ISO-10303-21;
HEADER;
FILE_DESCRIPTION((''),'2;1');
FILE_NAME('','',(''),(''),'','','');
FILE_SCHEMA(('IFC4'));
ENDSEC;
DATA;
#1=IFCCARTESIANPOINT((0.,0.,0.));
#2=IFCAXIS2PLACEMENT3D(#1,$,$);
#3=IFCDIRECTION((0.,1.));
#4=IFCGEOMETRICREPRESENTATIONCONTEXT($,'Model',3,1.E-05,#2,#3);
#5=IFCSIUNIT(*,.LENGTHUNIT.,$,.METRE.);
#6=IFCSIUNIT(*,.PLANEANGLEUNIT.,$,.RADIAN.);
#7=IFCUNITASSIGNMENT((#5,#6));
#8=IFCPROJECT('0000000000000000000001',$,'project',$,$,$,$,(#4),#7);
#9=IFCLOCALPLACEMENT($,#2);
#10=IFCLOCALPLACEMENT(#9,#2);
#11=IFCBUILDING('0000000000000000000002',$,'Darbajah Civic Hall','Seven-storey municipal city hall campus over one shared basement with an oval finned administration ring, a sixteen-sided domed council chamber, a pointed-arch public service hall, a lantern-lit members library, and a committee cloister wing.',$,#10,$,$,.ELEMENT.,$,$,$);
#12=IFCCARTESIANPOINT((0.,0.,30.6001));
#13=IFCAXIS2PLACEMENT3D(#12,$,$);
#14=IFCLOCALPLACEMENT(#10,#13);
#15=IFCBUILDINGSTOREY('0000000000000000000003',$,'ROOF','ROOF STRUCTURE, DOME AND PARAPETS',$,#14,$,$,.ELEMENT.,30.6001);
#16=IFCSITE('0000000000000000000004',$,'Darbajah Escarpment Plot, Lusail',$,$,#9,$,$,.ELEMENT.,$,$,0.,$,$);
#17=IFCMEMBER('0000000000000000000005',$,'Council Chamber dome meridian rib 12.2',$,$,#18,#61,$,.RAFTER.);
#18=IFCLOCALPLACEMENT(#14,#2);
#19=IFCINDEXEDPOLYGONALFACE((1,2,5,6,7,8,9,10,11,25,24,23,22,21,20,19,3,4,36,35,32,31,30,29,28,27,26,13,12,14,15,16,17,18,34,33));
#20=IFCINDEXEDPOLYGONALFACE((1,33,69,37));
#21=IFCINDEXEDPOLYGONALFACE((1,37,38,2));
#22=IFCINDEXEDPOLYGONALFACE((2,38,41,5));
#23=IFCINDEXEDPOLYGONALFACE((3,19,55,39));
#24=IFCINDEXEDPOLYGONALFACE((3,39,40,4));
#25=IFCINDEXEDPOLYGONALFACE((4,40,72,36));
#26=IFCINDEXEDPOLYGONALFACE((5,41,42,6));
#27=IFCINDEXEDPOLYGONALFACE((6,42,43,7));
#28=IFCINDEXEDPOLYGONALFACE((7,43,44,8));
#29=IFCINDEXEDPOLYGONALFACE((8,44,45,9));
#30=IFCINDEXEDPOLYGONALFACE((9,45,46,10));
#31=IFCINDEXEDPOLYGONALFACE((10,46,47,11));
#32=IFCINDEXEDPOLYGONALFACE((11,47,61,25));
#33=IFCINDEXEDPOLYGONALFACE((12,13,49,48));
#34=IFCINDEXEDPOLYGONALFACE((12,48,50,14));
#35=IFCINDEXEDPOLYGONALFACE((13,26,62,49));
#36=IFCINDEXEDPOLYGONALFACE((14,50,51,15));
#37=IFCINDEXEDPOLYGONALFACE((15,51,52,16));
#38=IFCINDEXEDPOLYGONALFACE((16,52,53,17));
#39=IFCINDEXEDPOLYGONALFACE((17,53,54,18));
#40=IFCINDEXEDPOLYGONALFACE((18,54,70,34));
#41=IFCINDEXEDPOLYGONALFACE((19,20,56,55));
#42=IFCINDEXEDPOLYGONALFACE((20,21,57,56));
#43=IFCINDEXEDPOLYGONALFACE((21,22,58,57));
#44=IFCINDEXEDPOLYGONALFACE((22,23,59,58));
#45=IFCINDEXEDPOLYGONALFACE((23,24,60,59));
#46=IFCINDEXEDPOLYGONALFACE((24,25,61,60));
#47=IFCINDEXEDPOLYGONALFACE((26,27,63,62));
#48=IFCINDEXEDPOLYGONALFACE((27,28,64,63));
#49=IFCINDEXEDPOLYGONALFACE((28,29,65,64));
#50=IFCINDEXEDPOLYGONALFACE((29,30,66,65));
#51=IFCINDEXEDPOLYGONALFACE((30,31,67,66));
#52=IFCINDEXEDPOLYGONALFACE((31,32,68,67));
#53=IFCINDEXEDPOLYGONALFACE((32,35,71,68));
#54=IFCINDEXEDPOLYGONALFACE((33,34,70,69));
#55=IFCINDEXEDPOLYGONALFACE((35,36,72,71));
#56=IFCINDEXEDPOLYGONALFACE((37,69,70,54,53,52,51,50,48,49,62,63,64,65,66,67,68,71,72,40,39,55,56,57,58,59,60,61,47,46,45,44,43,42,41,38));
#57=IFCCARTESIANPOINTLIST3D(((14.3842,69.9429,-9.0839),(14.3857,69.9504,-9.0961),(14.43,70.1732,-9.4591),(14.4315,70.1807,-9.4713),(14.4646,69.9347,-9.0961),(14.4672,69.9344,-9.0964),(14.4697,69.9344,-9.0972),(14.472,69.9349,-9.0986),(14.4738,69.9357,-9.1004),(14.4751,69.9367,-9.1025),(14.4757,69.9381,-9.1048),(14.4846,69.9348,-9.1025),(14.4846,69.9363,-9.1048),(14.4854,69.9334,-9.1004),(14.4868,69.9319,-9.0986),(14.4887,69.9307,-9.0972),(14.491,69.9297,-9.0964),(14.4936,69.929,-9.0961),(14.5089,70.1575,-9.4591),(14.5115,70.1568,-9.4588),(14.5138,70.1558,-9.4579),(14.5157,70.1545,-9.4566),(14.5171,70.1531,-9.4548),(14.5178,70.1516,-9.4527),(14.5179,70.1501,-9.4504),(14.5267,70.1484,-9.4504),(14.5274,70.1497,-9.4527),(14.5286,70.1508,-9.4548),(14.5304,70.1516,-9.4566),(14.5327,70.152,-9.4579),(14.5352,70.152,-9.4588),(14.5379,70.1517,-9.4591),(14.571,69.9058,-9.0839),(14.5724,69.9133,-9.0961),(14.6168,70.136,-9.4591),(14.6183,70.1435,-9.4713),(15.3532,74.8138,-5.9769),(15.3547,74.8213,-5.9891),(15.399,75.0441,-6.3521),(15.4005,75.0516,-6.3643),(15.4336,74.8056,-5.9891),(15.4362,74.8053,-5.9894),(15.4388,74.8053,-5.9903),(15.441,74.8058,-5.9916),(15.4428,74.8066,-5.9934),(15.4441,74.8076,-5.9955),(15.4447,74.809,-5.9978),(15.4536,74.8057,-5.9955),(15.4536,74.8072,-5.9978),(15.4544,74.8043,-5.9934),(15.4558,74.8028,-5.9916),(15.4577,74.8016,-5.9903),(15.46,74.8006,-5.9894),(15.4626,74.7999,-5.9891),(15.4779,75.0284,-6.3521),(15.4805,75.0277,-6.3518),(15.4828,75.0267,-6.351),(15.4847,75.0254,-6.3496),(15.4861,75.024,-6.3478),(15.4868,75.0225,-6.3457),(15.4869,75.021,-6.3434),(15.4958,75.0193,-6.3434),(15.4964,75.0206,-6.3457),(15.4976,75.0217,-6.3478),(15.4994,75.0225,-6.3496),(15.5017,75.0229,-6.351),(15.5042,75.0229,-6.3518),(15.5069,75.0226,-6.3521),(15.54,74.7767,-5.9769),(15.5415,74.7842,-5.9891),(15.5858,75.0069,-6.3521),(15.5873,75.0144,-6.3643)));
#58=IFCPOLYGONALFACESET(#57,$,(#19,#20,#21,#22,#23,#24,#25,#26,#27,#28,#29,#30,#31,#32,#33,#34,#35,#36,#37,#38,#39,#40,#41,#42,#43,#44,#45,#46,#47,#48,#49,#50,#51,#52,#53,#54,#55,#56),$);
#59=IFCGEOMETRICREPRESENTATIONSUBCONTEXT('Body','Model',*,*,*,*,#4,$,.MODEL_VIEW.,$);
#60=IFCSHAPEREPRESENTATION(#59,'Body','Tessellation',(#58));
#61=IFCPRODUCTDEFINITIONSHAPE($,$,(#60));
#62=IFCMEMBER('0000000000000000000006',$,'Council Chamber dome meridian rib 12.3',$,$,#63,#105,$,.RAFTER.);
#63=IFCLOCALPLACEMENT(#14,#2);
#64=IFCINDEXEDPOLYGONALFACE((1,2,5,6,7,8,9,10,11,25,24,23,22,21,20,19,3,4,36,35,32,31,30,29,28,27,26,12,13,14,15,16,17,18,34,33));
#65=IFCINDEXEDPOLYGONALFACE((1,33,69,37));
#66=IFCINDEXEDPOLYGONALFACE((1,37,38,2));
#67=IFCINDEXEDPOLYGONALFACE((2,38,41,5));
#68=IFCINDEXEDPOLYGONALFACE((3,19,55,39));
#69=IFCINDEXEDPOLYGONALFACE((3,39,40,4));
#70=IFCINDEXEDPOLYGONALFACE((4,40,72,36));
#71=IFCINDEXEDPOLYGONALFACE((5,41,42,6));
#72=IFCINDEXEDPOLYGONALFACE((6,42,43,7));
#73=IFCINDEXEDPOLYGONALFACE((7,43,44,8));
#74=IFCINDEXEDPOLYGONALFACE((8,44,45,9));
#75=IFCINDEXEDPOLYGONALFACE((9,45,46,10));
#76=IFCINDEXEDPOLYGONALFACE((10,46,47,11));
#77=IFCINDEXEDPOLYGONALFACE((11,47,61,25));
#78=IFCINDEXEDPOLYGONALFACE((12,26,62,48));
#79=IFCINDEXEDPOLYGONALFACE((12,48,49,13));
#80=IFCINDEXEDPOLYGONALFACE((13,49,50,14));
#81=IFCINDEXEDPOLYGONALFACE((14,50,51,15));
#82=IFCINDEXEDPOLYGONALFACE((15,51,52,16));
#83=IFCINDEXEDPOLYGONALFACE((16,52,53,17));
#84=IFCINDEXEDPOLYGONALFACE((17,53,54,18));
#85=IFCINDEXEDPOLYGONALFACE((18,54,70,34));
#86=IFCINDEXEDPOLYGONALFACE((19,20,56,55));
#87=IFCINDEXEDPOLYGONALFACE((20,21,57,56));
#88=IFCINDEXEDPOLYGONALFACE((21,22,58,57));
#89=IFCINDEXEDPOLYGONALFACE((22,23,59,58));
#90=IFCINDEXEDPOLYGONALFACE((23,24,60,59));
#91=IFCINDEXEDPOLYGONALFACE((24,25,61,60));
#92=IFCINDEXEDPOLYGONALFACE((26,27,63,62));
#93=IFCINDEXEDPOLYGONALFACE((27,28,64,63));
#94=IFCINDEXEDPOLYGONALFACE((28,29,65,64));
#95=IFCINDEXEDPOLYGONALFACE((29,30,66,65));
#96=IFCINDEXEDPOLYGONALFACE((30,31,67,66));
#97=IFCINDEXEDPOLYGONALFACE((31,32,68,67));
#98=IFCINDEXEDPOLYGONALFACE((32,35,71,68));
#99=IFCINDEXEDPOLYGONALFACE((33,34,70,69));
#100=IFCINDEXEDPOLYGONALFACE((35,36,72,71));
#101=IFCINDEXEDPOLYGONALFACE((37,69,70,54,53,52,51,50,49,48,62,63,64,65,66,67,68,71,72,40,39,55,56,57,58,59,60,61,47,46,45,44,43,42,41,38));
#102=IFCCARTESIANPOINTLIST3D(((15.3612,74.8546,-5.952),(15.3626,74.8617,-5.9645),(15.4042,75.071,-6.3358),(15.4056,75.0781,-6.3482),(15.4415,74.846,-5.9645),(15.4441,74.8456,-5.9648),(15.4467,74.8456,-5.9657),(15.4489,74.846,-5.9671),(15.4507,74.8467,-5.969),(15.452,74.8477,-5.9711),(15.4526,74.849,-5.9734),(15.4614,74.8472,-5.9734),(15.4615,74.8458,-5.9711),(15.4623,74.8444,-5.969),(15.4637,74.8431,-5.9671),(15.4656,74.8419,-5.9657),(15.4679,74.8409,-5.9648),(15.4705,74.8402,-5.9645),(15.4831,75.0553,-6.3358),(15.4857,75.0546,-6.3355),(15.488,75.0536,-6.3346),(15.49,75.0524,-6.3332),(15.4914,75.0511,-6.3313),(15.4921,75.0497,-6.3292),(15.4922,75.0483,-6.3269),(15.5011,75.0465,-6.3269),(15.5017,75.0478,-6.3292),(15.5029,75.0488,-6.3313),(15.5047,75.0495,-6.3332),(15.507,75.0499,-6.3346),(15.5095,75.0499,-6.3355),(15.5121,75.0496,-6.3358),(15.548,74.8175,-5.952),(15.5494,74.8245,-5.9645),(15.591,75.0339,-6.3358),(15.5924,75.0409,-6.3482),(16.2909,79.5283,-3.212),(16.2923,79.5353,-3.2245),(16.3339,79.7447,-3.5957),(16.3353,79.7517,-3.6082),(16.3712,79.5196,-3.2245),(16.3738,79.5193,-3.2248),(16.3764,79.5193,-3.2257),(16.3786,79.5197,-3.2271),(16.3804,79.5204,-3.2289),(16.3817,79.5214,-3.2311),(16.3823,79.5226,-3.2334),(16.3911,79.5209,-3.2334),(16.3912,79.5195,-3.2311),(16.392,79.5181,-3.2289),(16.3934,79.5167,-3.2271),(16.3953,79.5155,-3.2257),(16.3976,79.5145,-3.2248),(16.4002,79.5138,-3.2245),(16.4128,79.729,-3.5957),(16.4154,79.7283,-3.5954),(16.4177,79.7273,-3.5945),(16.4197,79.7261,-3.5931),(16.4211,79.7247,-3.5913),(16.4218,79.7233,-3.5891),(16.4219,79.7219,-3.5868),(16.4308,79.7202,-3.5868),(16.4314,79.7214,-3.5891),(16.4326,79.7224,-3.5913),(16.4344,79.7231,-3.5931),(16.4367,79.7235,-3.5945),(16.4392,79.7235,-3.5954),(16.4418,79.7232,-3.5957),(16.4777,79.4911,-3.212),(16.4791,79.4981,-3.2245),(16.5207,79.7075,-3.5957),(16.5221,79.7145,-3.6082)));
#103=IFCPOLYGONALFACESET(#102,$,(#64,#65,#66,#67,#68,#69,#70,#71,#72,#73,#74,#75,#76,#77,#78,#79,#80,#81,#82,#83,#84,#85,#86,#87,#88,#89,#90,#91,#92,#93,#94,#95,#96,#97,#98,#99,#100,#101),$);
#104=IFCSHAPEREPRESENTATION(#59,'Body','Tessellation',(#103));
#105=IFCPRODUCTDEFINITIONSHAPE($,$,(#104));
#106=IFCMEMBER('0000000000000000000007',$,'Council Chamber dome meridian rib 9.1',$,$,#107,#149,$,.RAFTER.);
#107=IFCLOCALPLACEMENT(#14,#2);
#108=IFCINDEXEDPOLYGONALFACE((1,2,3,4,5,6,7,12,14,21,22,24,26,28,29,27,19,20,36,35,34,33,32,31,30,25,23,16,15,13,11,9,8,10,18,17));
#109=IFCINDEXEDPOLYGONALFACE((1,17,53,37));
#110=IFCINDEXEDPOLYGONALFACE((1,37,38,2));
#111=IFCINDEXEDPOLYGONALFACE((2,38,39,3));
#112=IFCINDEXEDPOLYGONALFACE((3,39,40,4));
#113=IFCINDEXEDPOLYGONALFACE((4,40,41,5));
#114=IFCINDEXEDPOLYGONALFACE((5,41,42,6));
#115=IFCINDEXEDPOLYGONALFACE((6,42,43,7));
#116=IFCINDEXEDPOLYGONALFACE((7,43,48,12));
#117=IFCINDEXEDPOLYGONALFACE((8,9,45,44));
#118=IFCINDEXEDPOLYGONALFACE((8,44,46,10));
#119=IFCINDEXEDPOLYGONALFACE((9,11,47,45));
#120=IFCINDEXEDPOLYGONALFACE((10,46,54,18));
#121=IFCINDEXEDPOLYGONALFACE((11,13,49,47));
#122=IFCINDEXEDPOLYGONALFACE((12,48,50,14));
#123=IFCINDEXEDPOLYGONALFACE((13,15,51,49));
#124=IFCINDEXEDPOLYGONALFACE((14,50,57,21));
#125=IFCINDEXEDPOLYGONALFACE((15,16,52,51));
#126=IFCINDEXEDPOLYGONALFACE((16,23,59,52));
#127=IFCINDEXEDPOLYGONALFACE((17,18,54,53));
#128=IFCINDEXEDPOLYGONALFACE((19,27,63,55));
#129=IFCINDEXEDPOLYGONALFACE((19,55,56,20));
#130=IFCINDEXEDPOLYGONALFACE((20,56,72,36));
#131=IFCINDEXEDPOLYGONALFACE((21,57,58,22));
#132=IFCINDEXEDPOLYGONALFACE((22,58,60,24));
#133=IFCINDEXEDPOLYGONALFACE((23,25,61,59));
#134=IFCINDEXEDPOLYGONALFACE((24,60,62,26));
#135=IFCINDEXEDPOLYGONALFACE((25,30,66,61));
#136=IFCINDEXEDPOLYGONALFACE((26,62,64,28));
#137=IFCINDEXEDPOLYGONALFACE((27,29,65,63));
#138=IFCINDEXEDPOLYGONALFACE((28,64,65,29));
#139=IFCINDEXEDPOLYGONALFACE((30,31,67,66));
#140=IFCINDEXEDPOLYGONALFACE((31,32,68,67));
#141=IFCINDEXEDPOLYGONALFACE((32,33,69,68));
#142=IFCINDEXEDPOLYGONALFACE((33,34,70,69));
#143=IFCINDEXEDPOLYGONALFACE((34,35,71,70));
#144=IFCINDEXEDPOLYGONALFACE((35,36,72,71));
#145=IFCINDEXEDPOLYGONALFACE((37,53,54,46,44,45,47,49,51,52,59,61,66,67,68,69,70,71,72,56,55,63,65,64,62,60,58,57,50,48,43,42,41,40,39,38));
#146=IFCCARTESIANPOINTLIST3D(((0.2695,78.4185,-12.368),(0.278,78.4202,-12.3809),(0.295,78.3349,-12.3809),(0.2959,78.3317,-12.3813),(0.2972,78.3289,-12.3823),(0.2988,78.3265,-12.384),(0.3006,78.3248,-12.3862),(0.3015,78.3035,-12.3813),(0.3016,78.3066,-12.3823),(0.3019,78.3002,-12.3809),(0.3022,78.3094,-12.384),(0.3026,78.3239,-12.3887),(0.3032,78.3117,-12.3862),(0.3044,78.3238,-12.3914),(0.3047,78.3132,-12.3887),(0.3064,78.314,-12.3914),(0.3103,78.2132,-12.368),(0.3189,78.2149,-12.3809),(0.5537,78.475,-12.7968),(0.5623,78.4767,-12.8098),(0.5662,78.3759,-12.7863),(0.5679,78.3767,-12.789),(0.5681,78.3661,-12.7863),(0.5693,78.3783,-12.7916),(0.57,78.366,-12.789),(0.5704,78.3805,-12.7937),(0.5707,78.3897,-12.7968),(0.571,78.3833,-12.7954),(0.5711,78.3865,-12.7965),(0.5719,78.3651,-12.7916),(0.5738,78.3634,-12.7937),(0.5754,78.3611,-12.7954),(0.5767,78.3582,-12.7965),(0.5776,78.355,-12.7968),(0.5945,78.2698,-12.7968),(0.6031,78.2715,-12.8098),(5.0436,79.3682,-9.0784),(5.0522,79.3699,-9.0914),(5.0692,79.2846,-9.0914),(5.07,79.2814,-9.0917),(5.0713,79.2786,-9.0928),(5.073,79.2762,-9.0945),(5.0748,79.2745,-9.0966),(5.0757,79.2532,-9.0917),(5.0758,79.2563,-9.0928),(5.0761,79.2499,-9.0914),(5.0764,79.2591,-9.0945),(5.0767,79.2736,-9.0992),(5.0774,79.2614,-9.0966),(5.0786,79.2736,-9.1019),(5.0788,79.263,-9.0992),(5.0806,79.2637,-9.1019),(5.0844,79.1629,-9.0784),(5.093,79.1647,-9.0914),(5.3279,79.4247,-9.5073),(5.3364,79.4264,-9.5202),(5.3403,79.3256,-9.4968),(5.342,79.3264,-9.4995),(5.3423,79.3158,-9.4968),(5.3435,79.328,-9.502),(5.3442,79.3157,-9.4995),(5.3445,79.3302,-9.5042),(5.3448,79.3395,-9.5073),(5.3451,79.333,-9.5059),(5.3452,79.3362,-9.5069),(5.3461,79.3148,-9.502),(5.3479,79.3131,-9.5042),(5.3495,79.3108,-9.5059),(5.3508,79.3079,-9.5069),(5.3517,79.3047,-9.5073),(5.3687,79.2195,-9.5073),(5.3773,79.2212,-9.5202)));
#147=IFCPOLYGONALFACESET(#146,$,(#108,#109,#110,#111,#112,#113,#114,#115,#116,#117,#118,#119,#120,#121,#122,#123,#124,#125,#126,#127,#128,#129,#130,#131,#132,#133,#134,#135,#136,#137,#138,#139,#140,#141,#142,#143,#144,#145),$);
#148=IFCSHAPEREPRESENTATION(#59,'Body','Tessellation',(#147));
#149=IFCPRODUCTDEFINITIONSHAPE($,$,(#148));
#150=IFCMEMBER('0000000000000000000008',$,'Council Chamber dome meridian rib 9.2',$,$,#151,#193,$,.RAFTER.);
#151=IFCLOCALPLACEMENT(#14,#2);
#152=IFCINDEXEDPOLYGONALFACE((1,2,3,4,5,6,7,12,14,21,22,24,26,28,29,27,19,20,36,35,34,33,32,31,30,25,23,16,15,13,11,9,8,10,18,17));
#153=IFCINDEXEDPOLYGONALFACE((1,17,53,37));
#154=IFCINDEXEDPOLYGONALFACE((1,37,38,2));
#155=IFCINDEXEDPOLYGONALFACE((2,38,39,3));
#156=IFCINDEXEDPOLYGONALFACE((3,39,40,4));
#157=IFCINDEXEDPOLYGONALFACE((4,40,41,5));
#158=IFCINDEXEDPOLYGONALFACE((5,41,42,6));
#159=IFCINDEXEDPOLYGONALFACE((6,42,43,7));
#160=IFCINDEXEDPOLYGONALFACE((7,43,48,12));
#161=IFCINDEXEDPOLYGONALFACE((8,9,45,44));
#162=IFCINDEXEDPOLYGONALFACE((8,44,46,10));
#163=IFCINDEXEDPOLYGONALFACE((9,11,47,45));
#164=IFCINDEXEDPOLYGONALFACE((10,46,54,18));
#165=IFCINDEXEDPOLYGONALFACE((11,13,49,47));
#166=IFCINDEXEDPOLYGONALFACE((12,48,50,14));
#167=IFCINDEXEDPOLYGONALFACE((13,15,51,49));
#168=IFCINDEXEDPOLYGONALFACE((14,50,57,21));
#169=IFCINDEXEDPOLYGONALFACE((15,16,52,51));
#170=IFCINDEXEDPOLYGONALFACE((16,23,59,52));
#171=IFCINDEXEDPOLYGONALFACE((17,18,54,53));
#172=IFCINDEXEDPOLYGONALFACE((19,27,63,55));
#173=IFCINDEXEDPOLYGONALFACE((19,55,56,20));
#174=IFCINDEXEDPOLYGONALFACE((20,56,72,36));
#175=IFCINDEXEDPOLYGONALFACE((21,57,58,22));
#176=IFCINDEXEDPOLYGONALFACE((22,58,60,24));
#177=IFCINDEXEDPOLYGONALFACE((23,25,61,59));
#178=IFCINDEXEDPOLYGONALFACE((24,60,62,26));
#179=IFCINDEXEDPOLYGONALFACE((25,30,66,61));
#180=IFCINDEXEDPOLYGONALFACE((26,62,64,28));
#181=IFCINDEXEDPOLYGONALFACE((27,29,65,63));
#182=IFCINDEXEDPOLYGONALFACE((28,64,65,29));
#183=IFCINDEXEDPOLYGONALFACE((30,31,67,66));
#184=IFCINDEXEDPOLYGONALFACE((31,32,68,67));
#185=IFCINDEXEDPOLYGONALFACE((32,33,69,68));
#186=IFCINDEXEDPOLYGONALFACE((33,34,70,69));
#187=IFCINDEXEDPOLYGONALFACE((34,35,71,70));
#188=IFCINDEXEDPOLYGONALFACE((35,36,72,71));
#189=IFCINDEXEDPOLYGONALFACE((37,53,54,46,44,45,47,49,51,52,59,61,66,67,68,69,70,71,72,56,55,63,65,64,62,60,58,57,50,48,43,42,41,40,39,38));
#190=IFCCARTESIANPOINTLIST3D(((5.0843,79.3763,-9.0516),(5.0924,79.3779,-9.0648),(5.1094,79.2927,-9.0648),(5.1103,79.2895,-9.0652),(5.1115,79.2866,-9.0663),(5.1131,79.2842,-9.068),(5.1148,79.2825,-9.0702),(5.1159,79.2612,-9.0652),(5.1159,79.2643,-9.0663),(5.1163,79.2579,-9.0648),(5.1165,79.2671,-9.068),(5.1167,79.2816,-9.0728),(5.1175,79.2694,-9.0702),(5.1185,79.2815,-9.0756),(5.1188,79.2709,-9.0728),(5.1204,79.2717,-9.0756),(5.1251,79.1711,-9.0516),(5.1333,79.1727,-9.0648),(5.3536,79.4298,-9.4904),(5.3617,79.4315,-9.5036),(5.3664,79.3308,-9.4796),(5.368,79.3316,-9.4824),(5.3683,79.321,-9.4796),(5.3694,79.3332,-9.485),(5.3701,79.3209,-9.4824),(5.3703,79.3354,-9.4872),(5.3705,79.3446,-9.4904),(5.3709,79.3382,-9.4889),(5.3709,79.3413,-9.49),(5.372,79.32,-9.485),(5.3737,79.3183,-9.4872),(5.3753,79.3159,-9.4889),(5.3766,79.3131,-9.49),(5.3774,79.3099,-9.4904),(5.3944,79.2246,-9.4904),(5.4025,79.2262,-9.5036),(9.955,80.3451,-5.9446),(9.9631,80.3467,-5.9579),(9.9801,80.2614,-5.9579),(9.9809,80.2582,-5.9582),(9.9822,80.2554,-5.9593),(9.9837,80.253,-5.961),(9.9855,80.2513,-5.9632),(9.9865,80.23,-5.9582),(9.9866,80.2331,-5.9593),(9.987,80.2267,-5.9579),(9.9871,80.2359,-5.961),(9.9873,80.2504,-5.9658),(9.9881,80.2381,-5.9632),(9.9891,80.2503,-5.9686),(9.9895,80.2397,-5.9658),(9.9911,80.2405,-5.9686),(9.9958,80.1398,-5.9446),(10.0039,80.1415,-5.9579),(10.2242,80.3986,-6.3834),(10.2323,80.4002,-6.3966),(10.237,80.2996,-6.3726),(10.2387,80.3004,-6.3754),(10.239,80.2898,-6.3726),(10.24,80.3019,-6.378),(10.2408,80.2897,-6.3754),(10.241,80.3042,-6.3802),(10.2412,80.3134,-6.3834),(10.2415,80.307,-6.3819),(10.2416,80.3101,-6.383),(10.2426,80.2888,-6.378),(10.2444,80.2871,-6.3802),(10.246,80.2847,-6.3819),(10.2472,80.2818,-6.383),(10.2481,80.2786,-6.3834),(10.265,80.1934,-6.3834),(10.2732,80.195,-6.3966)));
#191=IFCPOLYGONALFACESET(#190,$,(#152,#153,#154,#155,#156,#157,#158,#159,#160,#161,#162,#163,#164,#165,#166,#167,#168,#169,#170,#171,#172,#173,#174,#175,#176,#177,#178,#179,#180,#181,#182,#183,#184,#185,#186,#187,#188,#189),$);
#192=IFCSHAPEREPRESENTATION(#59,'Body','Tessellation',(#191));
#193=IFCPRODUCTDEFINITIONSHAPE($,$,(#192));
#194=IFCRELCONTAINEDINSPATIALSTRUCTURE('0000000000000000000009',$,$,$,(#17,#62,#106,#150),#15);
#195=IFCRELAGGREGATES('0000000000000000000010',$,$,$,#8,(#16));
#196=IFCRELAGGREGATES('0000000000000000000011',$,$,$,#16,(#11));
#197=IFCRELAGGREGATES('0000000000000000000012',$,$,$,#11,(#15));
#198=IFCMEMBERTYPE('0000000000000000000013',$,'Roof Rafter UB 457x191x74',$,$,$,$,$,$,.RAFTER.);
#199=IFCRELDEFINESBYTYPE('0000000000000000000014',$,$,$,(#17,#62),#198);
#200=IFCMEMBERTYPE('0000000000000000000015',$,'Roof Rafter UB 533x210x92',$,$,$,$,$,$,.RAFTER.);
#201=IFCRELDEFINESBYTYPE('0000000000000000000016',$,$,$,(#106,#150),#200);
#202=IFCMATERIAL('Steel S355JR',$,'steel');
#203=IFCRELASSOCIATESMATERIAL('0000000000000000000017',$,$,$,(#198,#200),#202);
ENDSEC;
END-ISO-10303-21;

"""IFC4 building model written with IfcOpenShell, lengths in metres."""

from ifc_helpers import new_model, si_unit, direction, frame, origin, origin_2d, place, context, subcontext, project, spatial, i_section, extrude, material, material_profile, profile_set, type_object, element, save


model = new_model("IFC4")

# Units and contexts
model_context = context("Model", 3, precision=1e-05, world=origin(), true_north=direction((0.0, 1.0)))
body_context = subcontext(model_context, "Body", "Model", "MODEL_VIEW")
ifc_project = project(units=[si_unit("LENGTHUNIT", "METRE"), si_unit("PLANEANGLEUNIT", "RADIAN")], contexts=[model_context])

# Site, building, storey
site_placement = place(None, origin())
site = spatial("IfcSite", under=ifc_project, at=site_placement, Name="Darbajah Escarpment Plot, Lusail", CompositionType="ELEMENT", RefElevation=0.0)
building_placement = place(site_placement, origin())
building = spatial("IfcBuilding", under=site, at=building_placement, Name="Darbajah Civic Hall", Description="Seven-storey municipal city hall campus over one shared basement with an oval finned administration ring, a sixteen-sided domed council chamber, a pointed-arch public service hall, a lantern-lit members library, and a committee cloister wing.", CompositionType="ELEMENT")
storey_placement = place(building_placement, frame((0.0, 0.0, 30.6001)))
storey = spatial("IfcBuildingStorey", under=building, at=storey_placement, Name="ROOF", Description="ROOF STRUCTURE, DOME AND PARAPETS", CompositionType="ELEMENT", Elevation=30.6001)

# Members
ifc_material = material(Name="Steel S355JR", Category="steel")
ifc_material_profile_1 = material_profile(ifc_material, i_section(OverallWidth=0.1904, OverallDepth=0.457, WebThickness=0.009, FlangeThickness=0.0144, FilletRadius=0.0103, at=origin_2d()), Name="UB 457x191x74")
ifc_profile_set_1 = profile_set([ifc_material_profile_1], Name="Steel S355JR")
member_type_1 = type_object("IfcMemberType", Name="Roof Rafter UB 457x191x74", PredefinedType="RAFTER", material=ifc_profile_set_1)
member_1_placement = place(storey_placement, frame((14.5012, 70.0432, -9.2776), z_axis=(0.165411, 0.831475, 0.530367), x_axis=(-0.980781, 0.195114, 0.0)))
element("IfcMember", 1, at=member_1_placement, inside=storey, type_object=member_type_1, Name="Council Chamber dome meridian rib 12.2", PredefinedType="RAFTER", context=body_context, shape_type="SweptSolid", body=[
    extrude(i_section(OverallWidth=0.1904, OverallDepth=0.457, WebThickness=0.009, FlangeThickness=0.0144, FilletRadius=0.0103, at=origin_2d()), origin(), (0.0, 0.0, 1.0), 5.8582),
])
member_2_placement = place(storey_placement, frame((15.4768, 74.9478, -6.1501), z_axis=(0.169134, 0.850245, 0.498475), x_axis=(-0.980783, 0.195101, 0.0)))
element("IfcMember", 2, at=member_2_placement, inside=storey, type_object=member_type_1, Name="Council Chamber dome meridian rib 12.3", PredefinedType="RAFTER", context=body_context, shape_type="SweptSolid", body=[
    extrude(i_section(OverallWidth=0.1904, OverallDepth=0.457, WebThickness=0.009, FlangeThickness=0.0144, FilletRadius=0.0103, at=origin_2d()), origin(), (0.0, 0.0, 1.0), 5.4968),
])
ifc_material_profile_2 = material_profile(ifc_material, i_section(OverallWidth=0.2092, OverallDepth=0.5332, WebThickness=0.01, FlangeThickness=0.0156, FilletRadius=0.0127, at=origin_2d()), Name="UB 533x210x92")
ifc_profile_set_2 = profile_set([ifc_material_profile_2], Name="Steel S355JR")
member_type_2 = type_object("IfcMemberType", Name="Roof Rafter UB 533x210x92", PredefinedType="RAFTER", material=ifc_profile_set_2)
member_3_placement = place(storey_placement, frame((0.4363, 78.345, -12.5889), z_axis=(0.812623, 0.161652, 0.559922), x_axis=(-0.195103, 0.980783, 0.0)))
element("IfcMember", 3, at=member_3_placement, inside=storey, type_object=member_type_2, Name="Council Chamber dome meridian rib 9.1", PredefinedType="RAFTER", context=body_context, shape_type="SweptSolid", body=[
    extrude(i_section(OverallWidth=0.2092, OverallDepth=0.5332, WebThickness=0.01, FlangeThickness=0.0156, FilletRadius=0.0127, at=origin_2d()), origin(), (0.0, 0.0, 1.0), 5.875),
])
for number, where, z_axis, x_axis, name in (
    (4, (5.2434, 79.3013, -9.2776), (0.831468, 0.165377, 0.530389), (-0.195076, 0.980788, 0.0), "Council Chamber dome meridian rib 9.2"),
):
    element("IfcMember", number, at=place(storey_placement, frame(where, z_axis=z_axis, x_axis=x_axis)), inside=storey, type_object=member_type_2, Name=name, PredefinedType="RAFTER", context=body_context, shape_type="SweptSolid", body=[
        extrude(i_section(OverallWidth=0.2092, OverallDepth=0.5332, WebThickness=0.01, FlangeThickness=0.0156, FilletRadius=0.0127, at=origin_2d()), origin(), (0.0, 0.0, 1.0), 5.8579),
    ])

save(model, "model.ifc")
